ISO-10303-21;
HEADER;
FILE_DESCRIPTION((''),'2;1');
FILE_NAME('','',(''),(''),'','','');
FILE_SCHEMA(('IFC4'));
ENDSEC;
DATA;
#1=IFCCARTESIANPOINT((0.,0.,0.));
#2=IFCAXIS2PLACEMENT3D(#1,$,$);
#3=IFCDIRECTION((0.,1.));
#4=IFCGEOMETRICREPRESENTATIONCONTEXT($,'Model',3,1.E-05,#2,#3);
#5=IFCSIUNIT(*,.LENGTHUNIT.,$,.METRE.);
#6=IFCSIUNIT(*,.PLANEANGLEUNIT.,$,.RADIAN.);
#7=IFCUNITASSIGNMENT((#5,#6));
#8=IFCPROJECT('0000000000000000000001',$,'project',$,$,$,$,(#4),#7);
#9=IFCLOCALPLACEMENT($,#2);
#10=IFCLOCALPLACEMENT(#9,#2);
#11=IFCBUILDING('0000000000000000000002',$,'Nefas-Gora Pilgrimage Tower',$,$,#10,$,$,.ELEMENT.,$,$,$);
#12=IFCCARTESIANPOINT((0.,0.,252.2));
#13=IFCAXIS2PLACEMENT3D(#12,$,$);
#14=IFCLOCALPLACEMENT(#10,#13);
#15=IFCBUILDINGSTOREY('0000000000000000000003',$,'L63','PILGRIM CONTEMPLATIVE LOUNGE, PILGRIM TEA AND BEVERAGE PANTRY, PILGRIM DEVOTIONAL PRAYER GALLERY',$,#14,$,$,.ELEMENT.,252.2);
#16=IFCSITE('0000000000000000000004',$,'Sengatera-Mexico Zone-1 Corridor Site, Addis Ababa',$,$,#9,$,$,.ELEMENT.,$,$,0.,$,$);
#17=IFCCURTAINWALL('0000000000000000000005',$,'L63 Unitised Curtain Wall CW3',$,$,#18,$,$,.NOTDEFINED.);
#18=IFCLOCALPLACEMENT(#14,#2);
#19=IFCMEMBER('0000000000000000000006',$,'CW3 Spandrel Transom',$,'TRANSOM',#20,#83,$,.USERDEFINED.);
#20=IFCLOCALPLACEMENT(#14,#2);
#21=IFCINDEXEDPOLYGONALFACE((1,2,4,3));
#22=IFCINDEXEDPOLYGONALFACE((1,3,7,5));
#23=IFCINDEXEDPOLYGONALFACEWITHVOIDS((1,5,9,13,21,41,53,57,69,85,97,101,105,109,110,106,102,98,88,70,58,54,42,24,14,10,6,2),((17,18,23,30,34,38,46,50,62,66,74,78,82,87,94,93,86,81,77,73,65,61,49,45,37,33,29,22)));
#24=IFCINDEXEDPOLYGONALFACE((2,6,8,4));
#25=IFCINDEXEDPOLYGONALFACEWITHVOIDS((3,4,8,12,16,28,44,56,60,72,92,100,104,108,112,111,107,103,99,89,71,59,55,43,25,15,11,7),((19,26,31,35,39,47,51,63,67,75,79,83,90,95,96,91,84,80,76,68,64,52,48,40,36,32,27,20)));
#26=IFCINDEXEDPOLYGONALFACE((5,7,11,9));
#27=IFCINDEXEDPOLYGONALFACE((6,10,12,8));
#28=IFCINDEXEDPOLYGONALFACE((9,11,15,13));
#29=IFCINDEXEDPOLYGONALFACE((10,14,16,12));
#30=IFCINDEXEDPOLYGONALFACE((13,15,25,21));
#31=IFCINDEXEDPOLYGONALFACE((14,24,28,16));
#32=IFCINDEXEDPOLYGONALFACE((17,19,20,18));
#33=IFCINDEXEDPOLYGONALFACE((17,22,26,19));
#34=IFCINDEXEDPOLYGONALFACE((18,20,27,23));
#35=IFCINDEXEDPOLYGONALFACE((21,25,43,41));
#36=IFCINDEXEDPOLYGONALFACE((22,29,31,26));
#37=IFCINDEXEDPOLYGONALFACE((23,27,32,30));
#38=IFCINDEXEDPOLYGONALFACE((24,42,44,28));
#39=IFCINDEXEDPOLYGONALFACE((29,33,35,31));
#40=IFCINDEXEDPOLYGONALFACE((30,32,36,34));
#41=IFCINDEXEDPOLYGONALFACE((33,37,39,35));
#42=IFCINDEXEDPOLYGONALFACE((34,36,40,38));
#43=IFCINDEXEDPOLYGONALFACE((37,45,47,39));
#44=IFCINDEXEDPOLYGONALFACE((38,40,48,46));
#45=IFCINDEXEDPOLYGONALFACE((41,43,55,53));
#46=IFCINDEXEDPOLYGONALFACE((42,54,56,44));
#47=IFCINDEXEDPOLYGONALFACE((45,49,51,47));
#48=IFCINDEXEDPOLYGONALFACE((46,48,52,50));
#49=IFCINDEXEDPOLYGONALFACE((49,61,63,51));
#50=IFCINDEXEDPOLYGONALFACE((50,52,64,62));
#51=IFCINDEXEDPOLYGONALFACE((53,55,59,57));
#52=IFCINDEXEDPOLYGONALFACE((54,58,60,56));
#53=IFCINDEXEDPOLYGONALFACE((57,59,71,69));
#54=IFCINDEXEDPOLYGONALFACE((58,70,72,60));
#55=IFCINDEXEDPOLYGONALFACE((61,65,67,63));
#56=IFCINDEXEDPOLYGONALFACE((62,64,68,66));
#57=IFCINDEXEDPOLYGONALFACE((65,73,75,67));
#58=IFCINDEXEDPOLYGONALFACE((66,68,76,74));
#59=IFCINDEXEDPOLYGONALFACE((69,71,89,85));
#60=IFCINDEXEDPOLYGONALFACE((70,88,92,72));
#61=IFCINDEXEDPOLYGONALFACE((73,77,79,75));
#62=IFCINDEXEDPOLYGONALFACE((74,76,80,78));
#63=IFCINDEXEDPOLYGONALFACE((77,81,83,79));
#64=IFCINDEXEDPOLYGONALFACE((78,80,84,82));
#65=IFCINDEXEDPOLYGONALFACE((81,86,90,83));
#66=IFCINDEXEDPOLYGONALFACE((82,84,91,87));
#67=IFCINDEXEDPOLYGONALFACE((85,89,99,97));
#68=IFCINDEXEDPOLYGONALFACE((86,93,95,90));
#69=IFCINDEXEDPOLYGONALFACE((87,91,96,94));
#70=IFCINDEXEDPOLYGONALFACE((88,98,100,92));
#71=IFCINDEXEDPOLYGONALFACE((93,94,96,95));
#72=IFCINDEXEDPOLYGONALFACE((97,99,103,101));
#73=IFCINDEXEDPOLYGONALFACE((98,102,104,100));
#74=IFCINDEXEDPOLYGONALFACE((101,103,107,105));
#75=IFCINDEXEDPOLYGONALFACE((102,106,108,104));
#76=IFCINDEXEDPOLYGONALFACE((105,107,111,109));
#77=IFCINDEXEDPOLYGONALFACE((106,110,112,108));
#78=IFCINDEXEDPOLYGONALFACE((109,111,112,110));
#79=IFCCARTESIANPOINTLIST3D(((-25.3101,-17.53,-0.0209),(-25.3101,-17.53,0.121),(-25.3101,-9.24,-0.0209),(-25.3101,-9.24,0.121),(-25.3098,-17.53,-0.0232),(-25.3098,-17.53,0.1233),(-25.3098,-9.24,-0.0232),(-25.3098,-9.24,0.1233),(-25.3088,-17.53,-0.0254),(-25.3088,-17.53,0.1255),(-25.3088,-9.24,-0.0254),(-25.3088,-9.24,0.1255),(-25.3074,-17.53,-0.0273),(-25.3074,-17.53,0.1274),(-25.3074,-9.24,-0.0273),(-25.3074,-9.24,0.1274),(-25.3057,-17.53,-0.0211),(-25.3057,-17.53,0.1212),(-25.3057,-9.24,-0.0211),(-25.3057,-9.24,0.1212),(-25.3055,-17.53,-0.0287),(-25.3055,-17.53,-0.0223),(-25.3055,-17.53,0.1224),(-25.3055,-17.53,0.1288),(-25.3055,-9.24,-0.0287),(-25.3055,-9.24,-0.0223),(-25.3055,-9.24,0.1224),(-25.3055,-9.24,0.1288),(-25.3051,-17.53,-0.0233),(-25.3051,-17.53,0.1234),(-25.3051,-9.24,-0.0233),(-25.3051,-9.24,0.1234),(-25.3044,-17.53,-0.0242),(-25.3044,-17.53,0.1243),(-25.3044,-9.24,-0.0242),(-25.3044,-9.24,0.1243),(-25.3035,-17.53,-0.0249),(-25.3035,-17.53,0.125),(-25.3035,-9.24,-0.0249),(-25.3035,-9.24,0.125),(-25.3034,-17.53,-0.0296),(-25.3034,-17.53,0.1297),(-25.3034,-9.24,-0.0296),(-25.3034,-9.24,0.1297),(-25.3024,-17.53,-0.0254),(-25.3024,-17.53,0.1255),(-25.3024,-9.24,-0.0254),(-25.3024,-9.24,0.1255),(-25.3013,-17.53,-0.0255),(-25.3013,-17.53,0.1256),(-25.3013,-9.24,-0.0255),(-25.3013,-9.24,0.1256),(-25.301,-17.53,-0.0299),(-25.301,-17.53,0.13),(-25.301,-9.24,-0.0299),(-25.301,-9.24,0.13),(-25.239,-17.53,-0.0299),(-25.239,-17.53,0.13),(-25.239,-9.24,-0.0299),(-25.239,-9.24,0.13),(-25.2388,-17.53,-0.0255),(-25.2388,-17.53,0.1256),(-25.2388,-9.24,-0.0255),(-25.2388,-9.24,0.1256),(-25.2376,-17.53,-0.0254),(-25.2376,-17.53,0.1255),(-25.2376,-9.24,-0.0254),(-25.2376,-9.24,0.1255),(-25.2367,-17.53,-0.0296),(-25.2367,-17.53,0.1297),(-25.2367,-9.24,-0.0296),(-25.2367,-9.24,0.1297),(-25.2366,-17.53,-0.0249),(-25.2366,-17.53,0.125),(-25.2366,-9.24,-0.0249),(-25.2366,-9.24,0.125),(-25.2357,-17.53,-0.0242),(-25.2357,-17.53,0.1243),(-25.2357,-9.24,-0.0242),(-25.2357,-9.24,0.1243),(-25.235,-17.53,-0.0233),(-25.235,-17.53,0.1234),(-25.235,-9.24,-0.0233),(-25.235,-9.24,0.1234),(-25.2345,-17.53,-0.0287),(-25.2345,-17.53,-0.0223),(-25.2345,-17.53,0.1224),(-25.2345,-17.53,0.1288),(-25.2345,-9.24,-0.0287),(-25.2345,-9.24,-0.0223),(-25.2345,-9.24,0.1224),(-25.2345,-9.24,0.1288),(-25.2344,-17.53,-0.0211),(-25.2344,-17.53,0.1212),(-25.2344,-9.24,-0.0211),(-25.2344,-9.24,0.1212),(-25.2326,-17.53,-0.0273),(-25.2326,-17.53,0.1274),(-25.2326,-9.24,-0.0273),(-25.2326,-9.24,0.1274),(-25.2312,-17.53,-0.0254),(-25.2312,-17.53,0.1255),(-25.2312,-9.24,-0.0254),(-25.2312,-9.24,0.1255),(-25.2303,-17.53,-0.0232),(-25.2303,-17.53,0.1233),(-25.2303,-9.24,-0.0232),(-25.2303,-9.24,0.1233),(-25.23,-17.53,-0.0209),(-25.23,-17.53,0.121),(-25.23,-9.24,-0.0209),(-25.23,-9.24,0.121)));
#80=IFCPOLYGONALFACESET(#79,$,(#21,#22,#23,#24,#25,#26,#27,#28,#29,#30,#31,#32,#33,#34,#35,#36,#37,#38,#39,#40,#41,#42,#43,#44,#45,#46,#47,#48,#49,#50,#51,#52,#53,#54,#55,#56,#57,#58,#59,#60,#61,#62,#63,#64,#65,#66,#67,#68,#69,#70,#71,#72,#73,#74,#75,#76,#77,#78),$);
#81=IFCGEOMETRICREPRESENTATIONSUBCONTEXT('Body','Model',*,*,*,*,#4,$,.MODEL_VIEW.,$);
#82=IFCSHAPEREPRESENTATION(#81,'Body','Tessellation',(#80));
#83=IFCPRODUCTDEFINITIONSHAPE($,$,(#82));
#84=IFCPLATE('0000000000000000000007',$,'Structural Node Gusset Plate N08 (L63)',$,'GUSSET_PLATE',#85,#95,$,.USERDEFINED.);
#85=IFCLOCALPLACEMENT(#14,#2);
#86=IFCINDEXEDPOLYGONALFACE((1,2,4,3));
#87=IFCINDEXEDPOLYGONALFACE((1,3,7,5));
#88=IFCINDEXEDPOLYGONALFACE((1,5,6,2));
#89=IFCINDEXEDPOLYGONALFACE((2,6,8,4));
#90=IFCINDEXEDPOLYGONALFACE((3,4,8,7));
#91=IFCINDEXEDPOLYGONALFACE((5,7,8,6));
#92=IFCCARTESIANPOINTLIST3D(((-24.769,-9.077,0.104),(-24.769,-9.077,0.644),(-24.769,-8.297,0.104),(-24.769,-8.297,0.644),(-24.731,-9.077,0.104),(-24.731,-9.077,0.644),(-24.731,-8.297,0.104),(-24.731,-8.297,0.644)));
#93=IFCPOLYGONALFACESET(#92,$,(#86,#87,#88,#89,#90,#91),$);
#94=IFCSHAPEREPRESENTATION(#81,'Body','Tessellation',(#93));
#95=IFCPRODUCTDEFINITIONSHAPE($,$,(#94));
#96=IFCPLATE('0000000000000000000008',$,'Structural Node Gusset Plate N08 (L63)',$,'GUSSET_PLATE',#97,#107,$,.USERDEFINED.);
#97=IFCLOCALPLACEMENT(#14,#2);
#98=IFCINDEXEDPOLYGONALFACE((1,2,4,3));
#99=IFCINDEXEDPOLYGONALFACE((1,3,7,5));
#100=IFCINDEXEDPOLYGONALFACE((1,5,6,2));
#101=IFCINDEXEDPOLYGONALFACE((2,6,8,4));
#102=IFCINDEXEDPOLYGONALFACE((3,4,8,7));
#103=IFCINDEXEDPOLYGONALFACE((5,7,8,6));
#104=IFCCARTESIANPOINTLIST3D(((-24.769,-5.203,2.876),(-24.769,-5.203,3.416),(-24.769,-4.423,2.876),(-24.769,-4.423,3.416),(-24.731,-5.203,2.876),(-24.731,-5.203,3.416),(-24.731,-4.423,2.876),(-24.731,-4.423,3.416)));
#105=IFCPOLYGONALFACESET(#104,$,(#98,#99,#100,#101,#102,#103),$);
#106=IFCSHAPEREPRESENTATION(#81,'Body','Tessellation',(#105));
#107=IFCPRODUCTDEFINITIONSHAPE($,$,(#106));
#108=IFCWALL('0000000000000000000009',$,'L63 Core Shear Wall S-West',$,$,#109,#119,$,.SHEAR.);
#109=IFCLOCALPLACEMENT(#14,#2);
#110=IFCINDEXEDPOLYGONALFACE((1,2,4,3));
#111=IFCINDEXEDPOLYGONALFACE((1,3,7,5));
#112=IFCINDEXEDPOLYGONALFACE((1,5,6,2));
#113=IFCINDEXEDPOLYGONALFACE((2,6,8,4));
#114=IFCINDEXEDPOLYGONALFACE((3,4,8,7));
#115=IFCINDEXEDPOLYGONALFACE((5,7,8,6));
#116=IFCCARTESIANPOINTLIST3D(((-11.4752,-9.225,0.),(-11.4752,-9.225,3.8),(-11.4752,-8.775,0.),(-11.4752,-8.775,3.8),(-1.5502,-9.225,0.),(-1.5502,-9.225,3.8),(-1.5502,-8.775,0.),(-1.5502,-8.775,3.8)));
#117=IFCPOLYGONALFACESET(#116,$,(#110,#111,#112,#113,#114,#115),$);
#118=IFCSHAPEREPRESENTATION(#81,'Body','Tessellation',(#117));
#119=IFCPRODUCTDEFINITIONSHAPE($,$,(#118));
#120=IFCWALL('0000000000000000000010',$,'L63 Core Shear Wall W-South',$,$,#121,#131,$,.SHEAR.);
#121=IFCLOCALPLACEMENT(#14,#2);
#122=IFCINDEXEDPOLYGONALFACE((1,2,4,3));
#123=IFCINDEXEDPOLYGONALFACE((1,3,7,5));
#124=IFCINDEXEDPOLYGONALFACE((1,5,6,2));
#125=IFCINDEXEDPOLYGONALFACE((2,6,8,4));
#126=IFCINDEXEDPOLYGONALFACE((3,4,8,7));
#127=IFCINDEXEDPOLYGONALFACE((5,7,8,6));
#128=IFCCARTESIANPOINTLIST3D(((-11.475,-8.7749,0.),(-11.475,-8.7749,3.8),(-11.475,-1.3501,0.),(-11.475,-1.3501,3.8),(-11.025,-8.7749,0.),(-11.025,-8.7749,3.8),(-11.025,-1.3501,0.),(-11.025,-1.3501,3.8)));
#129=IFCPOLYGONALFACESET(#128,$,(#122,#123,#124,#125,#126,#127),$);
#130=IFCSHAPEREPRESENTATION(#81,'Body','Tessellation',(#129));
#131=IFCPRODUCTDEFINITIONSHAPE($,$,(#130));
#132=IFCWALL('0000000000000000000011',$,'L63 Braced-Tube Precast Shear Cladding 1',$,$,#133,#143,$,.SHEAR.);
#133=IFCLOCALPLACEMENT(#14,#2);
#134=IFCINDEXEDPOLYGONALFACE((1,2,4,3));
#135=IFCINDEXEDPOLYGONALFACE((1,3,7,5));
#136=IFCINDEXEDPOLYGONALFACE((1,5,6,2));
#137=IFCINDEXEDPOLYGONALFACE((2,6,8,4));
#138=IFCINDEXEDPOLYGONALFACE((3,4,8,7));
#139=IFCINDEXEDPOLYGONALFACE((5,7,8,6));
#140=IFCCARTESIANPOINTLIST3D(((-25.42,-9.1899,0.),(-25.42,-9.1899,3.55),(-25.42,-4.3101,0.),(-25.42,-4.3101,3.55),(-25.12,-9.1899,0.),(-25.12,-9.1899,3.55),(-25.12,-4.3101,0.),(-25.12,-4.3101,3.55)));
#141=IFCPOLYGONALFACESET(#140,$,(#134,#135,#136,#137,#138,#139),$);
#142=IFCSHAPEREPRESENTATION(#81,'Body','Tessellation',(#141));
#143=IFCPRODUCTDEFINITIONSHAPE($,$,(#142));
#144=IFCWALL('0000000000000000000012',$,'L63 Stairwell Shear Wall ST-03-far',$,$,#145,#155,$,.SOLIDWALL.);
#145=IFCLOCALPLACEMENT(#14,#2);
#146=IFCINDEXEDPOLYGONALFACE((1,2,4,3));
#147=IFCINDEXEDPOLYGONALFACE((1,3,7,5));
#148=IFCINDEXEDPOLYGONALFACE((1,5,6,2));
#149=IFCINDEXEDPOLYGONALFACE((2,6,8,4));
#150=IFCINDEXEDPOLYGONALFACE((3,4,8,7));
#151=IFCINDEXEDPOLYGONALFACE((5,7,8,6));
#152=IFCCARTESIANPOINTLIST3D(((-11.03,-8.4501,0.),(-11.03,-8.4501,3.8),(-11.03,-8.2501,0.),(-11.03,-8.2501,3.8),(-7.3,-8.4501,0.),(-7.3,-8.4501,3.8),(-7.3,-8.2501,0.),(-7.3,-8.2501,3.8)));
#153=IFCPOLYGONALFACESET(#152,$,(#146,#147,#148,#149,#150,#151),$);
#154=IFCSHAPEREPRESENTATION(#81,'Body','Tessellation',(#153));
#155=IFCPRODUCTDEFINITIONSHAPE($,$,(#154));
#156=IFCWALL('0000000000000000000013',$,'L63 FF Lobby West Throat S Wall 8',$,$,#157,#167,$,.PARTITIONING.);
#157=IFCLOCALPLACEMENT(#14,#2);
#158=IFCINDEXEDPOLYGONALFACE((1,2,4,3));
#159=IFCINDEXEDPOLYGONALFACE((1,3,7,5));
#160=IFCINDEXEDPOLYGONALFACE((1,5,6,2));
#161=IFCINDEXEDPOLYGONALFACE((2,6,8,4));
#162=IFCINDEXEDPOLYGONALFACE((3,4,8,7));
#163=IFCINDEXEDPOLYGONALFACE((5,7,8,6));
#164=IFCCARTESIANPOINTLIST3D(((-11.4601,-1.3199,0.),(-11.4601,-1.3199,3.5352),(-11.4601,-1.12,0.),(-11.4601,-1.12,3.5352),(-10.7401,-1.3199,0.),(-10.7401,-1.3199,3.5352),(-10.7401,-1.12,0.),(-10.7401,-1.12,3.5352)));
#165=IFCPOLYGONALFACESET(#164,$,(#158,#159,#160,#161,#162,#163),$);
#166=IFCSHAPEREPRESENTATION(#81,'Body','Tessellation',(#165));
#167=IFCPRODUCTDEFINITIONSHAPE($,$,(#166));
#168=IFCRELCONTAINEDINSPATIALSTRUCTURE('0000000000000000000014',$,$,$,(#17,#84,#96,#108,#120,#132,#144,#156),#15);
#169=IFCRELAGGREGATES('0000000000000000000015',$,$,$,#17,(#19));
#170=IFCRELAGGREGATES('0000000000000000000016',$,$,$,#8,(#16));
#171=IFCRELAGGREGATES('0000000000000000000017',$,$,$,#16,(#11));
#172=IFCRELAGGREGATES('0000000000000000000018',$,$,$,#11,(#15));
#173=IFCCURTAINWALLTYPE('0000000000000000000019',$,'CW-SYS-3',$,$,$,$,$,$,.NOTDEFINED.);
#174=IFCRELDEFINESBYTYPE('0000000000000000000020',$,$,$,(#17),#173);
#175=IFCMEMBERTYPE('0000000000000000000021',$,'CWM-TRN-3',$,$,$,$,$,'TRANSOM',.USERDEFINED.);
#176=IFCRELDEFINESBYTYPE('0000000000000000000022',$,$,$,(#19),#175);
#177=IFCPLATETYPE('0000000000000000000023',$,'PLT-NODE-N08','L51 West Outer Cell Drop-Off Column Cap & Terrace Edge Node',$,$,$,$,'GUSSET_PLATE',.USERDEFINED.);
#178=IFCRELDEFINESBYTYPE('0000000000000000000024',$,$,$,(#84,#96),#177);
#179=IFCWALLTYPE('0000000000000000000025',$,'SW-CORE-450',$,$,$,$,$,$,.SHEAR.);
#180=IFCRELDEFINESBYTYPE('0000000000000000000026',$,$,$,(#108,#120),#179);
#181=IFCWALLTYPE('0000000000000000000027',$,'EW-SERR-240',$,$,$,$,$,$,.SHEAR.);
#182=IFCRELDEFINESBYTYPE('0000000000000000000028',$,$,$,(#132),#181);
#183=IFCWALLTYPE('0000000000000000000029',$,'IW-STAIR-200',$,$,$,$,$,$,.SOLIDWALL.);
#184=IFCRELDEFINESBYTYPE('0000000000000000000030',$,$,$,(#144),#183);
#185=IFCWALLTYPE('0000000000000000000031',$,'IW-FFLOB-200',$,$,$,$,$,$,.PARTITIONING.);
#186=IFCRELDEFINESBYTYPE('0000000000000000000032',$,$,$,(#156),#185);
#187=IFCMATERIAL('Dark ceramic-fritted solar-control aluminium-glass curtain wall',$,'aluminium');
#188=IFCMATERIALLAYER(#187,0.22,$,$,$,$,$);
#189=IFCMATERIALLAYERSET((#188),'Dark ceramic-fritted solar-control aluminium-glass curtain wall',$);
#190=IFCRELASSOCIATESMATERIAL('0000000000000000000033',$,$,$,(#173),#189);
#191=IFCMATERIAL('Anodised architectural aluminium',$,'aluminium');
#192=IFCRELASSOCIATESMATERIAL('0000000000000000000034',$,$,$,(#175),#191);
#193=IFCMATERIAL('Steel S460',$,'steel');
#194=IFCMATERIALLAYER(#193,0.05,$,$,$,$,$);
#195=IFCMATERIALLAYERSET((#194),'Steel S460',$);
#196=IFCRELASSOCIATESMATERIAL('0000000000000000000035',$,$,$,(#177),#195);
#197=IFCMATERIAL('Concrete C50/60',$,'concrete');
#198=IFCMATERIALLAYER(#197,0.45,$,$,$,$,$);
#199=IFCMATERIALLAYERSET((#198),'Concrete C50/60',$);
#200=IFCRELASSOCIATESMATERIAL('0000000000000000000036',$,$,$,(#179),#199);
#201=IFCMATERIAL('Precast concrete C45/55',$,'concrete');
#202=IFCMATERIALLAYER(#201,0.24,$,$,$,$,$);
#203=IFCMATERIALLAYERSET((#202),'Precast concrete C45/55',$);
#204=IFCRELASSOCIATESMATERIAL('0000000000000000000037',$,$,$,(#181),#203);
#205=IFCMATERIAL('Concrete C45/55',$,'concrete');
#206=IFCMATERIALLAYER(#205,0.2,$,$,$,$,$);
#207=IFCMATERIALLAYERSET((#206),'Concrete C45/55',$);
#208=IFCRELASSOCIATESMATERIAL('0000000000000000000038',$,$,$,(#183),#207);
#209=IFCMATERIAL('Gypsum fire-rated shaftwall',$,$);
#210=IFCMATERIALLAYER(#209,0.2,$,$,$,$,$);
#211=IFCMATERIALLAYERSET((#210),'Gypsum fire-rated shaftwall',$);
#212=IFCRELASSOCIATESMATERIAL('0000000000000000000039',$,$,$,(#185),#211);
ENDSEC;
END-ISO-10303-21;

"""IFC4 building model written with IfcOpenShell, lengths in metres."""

from ifc_helpers import new_model, si_unit, direction, frame, frame_2d, origin, origin_2d, place, context, subcontext, project, spatial, rectangle, hollow_rectangle, extrude, source, transform, mapped, material, layer, layer_set, material_profile, profile_set, type_object, element, aggregate, save


model = new_model("IFC4")

# Units and contexts
model_context = context("Model", 3, precision=1e-05, world=origin(), true_north=direction((0.0, 1.0)))
body_context = subcontext(model_context, "Body", "Model", "MODEL_VIEW")
ifc_project = project(units=[si_unit("LENGTHUNIT", "METRE"), si_unit("PLANEANGLEUNIT", "RADIAN")], contexts=[model_context])

# Site, building, storey
site_placement = place(None, origin())
site = spatial("IfcSite", under=ifc_project, at=site_placement, Name="Sengatera-Mexico Zone-1 Corridor Site, Addis Ababa", CompositionType="ELEMENT", RefElevation=0.0)
building_placement = place(site_placement, origin())
building = spatial("IfcBuilding", under=site, at=building_placement, Name="Nefas-Gora Pilgrimage Tower", CompositionType="ELEMENT")
storey_placement = place(building_placement, frame((0.0, 0.0, 252.2)))
storey = spatial("IfcBuildingStorey", under=building, at=storey_placement, Name="L63", Description="PILGRIM CONTEMPLATIVE LOUNGE, PILGRIM TEA AND BEVERAGE PANTRY, PILGRIM DEVOTIONAL PRAYER GALLERY", CompositionType="ELEMENT", Elevation=252.2)

# Shared definitions
ifc_material_1 = material(Name="Steel S460", Category="steel")

# Shared definitions
ifc_material_2 = material(Name="Concrete C50/60", Category="concrete")

# Shared definitions
ifc_material_3 = material(Name="Dark ceramic-fritted solar-control aluminium-glass curtain wall", Category="aluminium")
ifc_layer_1 = layer(ifc_material_3, 0.22)
ifc_layer_set_1 = layer_set([ifc_layer_1], Name="Dark ceramic-fritted solar-control aluminium-glass curtain wall")
curtain_wall_type = type_object("IfcCurtainWallType", Name="CW-SYS-3", PredefinedType="NOTDEFINED", material=ifc_layer_set_1)
ifc_material_4 = material(Name="Anodised architectural aluminium", Category="aluminium")

# Curtain wall, member
curtain_wall_1_placement = place(storey_placement, origin())
curtain_wall_1 = element("IfcCurtainWall", 1, at=curtain_wall_1_placement, inside=storey, type_object=curtain_wall_type, Name="L63 Unitised Curtain Wall CW3", PredefinedType="NOTDEFINED")
ifc_material_profile_1 = material_profile(ifc_material_4, hollow_rectangle(XDim=0.0801, YDim=0.1599, WallThickness=0.0044, InnerFilletRadius=0.0044, OuterFilletRadius=0.009, at=origin_2d()), Name="ALU TRANSOM 80x160")
ifc_profile_set_1 = profile_set([ifc_material_profile_1], Name="Anodised architectural aluminium")
member_type_1 = type_object("IfcMemberType", Name="CWM-TRN-3", ElementType="TRANSOM", PredefinedType="USERDEFINED", material=ifc_profile_set_1)
shared_shape_1 = source(origin(), body_context, "Body", "SweptSolid", [
    extrude(hollow_rectangle(XDim=0.0801, YDim=0.1599, WallThickness=0.0044, InnerFilletRadius=0.0044, OuterFilletRadius=0.009, at=origin_2d()), origin(), (0.0, 0.0, 1.0), 8.29),
])
member_1_placement = place(storey_placement, frame((-25.27, -9.24, 0.05), z_axis=(0.0, -1.0, 0.0), x_axis=(1.0, 0.0, 0.0)))
member_1 = element("IfcMember", 2, at=member_1_placement, type_object=member_type_1, Name="CW3 Spandrel Transom", ObjectType="TRANSOM", PredefinedType="USERDEFINED", context=body_context, shape_type="MappedRepresentation", body=[
    mapped(shared_shape_1, transform((0.0, 0.0, 0.0), x_axis=(1.0, 0.0, 0.0), y_axis=(0.0, 1.0, 0.0), z_axis=(0.0, 0.0, 1.0), scale=1.0)),
])
aggregate(curtain_wall_1, [member_1])

# Plates
ifc_layer_2 = layer(ifc_material_1, 0.05)
ifc_layer_set_2 = layer_set([ifc_layer_2], Name="Steel S460")
plate_type = type_object("IfcPlateType", Name="PLT-NODE-N08", Description="L51 West Outer Cell Drop-Off Column Cap & Terrace Edge Node", ElementType="GUSSET_PLATE", PredefinedType="USERDEFINED", material=ifc_layer_set_2)
shared_shape_2 = source(origin(), body_context, "Body", "SweptSolid", [
    extrude(rectangle(XDim=0.78, YDim=0.0381, at=origin_2d()), origin(), (0.0, 0.0, 1.0), 0.54),
])
for number, where, z_axis, x_axis, name in (
    (3, (-24.75, -8.687, 0.104), (0.0, 0.0, 1.0), (0.0, 1.0, 0.0), "Structural Node Gusset Plate N08 (L63)"),
    (4, (-24.75, -4.813, 2.876), (0.0, 0.0, 1.0), (0.0, 1.0, 0.0), "Structural Node Gusset Plate N08 (L63)"),
):
    element("IfcPlate", number, at=place(storey_placement, frame(where, z_axis=z_axis, x_axis=x_axis)), inside=storey, type_object=plate_type, Name=name, ObjectType="GUSSET_PLATE", PredefinedType="USERDEFINED", context=body_context, shape_type="MappedRepresentation", body=[
        mapped(shared_shape_2, transform((0.0, 0.0, 0.0), x_axis=(1.0, 0.0, 0.0), y_axis=(0.0, 1.0, 0.0), z_axis=(0.0, 0.0, 1.0), scale=1.0)),
    ])

# Walls
ifc_layer_3 = layer(ifc_material_2, 0.45)
ifc_layer_set_3 = layer_set([ifc_layer_3], Name="Concrete C50/60")
wall_type_1 = type_object("IfcWallType", Name="SW-CORE-450", PredefinedType="SHEAR", material=ifc_layer_set_3)
shared_shape_3 = source(origin(), body_context, "Body", "SweptSolid", [
    extrude(rectangle(XDim=9.925, YDim=0.45, at=frame_2d((4.9624, 0.0))), origin(), (0.0, 0.0, 1.0), 3.8),
])
wall_1_placement = place(storey_placement, frame((-11.4751, -9.0, 0.0), z_axis=(0.0, 0.0, 1.0), x_axis=(1.0, 0.0, 0.0)))
element("IfcWall", 5, at=wall_1_placement, inside=storey, type_object=wall_type_1, Name="L63 Core Shear Wall S-West", PredefinedType="SHEAR", context=body_context, shape_type="MappedRepresentation", body=[
    mapped(shared_shape_3, transform((0.0, 0.0, 0.0), x_axis=(1.0, 0.0, 0.0), y_axis=(0.0, 1.0, 0.0), z_axis=(0.0, 0.0, 1.0), scale=1.0)),
])
shared_shape_4 = source(origin(), body_context, "Body", "SweptSolid", [
    extrude(rectangle(XDim=7.4248, YDim=0.45, at=frame_2d((3.7124, 0.0))), origin(), (0.0, 0.0, 1.0), 3.8),
])
wall_2_placement = place(storey_placement, frame((-11.25, -8.7749, 0.0), z_axis=(0.0, 0.0, 1.0), x_axis=(0.0, 1.0, 0.0)))
element("IfcWall", 6, at=wall_2_placement, inside=storey, type_object=wall_type_1, Name="L63 Core Shear Wall W-South", PredefinedType="SHEAR", context=body_context, shape_type="MappedRepresentation", body=[
    mapped(shared_shape_4, transform((0.0, 0.0, 0.0), x_axis=(1.0, 0.0, 0.0), y_axis=(0.0, 1.0, 0.0), z_axis=(0.0, 0.0, 1.0), scale=1.0)),
])
ifc_material_5 = material(Name="Precast concrete C45/55", Category="concrete")
ifc_layer_4 = layer(ifc_material_5, 0.24)
ifc_layer_set_4 = layer_set([ifc_layer_4], Name="Precast concrete C45/55")
wall_type_2 = type_object("IfcWallType", Name="EW-SERR-240", PredefinedType="SHEAR", material=ifc_layer_set_4)
shared_shape_5 = source(origin(), body_context, "Body", "SweptSolid", [
    extrude(rectangle(XDim=4.8799, YDim=0.3, at=frame_2d((2.4399, 0.0))), origin(), (0.0, 0.0, 1.0), 3.55),
])
wall_3_placement = place(storey_placement, frame((-25.27, -9.1899, 0.0), z_axis=(0.0, 0.0, 1.0), x_axis=(0.0, 1.0, 0.0)))
element("IfcWall", 7, at=wall_3_placement, inside=storey, type_object=wall_type_2, Name="L63 Braced-Tube Precast Shear Cladding 1", PredefinedType="SHEAR", context=body_context, shape_type="MappedRepresentation", body=[
    mapped(shared_shape_5, transform((0.0, 0.0, 0.0), x_axis=(1.0, 0.0, 0.0), y_axis=(0.0, 1.0, 0.0), z_axis=(0.0, 0.0, 1.0), scale=1.0)),
])
ifc_material_6 = material(Name="Concrete C45/55", Category="concrete")
ifc_layer_5 = layer(ifc_material_6, 0.2)
ifc_layer_set_5 = layer_set([ifc_layer_5], Name="Concrete C45/55")
wall_type_3 = type_object("IfcWallType", Name="IW-STAIR-200", PredefinedType="SOLIDWALL", material=ifc_layer_set_5)
shared_shape_6 = source(origin(), body_context, "Body", "SweptSolid", [
    extrude(rectangle(XDim=3.73, YDim=0.2, at=frame_2d((1.865, 0.0))), origin(), (0.0, 0.0, 1.0), 3.8),
])
wall_4_placement = place(storey_placement, frame((-11.03, -8.3501, 0.0), z_axis=(0.0, 0.0, 1.0), x_axis=(1.0, 0.0, 0.0)))
element("IfcWall", 8, at=wall_4_placement, inside=storey, type_object=wall_type_3, Name="L63 Stairwell Shear Wall ST-03-far", PredefinedType="SOLIDWALL", context=body_context, shape_type="MappedRepresentation", body=[
    mapped(shared_shape_6, transform((0.0, 0.0, 0.0), x_axis=(1.0, 0.0, 0.0), y_axis=(0.0, 1.0, 0.0), z_axis=(0.0, 0.0, 1.0), scale=1.0)),
])
ifc_material_7 = material(Name="Gypsum fire-rated shaftwall")
ifc_layer_6 = layer(ifc_material_7, 0.2)
ifc_layer_set_6 = layer_set([ifc_layer_6], Name="Gypsum fire-rated shaftwall")
wall_type_4 = type_object("IfcWallType", Name="IW-FFLOB-200", PredefinedType="PARTITIONING", material=ifc_layer_set_6)
shared_shape_7 = source(origin(), body_context, "Body", "SweptSolid", [
    extrude(rectangle(XDim=0.72, YDim=0.2, at=frame_2d((0.3599, 0.0))), origin(), (0.0, 0.0, 1.0), 3.5352),
])
wall_5_placement = place(storey_placement, frame((-11.46, -1.22, 0.0), z_axis=(0.0, 0.0, 1.0), x_axis=(1.0, 0.0, 0.0)))
element("IfcWall", 9, at=wall_5_placement, inside=storey, type_object=wall_type_4, Name="L63 FF Lobby West Throat S Wall 8", PredefinedType="PARTITIONING", context=body_context, shape_type="MappedRepresentation", body=[
    mapped(shared_shape_7, transform((0.0, 0.0, 0.0), x_axis=(1.0, 0.0, 0.0), y_axis=(0.0, 1.0, 0.0), z_axis=(0.0, 0.0, 1.0), scale=1.0)),
])

save(model, "model.ifc")
